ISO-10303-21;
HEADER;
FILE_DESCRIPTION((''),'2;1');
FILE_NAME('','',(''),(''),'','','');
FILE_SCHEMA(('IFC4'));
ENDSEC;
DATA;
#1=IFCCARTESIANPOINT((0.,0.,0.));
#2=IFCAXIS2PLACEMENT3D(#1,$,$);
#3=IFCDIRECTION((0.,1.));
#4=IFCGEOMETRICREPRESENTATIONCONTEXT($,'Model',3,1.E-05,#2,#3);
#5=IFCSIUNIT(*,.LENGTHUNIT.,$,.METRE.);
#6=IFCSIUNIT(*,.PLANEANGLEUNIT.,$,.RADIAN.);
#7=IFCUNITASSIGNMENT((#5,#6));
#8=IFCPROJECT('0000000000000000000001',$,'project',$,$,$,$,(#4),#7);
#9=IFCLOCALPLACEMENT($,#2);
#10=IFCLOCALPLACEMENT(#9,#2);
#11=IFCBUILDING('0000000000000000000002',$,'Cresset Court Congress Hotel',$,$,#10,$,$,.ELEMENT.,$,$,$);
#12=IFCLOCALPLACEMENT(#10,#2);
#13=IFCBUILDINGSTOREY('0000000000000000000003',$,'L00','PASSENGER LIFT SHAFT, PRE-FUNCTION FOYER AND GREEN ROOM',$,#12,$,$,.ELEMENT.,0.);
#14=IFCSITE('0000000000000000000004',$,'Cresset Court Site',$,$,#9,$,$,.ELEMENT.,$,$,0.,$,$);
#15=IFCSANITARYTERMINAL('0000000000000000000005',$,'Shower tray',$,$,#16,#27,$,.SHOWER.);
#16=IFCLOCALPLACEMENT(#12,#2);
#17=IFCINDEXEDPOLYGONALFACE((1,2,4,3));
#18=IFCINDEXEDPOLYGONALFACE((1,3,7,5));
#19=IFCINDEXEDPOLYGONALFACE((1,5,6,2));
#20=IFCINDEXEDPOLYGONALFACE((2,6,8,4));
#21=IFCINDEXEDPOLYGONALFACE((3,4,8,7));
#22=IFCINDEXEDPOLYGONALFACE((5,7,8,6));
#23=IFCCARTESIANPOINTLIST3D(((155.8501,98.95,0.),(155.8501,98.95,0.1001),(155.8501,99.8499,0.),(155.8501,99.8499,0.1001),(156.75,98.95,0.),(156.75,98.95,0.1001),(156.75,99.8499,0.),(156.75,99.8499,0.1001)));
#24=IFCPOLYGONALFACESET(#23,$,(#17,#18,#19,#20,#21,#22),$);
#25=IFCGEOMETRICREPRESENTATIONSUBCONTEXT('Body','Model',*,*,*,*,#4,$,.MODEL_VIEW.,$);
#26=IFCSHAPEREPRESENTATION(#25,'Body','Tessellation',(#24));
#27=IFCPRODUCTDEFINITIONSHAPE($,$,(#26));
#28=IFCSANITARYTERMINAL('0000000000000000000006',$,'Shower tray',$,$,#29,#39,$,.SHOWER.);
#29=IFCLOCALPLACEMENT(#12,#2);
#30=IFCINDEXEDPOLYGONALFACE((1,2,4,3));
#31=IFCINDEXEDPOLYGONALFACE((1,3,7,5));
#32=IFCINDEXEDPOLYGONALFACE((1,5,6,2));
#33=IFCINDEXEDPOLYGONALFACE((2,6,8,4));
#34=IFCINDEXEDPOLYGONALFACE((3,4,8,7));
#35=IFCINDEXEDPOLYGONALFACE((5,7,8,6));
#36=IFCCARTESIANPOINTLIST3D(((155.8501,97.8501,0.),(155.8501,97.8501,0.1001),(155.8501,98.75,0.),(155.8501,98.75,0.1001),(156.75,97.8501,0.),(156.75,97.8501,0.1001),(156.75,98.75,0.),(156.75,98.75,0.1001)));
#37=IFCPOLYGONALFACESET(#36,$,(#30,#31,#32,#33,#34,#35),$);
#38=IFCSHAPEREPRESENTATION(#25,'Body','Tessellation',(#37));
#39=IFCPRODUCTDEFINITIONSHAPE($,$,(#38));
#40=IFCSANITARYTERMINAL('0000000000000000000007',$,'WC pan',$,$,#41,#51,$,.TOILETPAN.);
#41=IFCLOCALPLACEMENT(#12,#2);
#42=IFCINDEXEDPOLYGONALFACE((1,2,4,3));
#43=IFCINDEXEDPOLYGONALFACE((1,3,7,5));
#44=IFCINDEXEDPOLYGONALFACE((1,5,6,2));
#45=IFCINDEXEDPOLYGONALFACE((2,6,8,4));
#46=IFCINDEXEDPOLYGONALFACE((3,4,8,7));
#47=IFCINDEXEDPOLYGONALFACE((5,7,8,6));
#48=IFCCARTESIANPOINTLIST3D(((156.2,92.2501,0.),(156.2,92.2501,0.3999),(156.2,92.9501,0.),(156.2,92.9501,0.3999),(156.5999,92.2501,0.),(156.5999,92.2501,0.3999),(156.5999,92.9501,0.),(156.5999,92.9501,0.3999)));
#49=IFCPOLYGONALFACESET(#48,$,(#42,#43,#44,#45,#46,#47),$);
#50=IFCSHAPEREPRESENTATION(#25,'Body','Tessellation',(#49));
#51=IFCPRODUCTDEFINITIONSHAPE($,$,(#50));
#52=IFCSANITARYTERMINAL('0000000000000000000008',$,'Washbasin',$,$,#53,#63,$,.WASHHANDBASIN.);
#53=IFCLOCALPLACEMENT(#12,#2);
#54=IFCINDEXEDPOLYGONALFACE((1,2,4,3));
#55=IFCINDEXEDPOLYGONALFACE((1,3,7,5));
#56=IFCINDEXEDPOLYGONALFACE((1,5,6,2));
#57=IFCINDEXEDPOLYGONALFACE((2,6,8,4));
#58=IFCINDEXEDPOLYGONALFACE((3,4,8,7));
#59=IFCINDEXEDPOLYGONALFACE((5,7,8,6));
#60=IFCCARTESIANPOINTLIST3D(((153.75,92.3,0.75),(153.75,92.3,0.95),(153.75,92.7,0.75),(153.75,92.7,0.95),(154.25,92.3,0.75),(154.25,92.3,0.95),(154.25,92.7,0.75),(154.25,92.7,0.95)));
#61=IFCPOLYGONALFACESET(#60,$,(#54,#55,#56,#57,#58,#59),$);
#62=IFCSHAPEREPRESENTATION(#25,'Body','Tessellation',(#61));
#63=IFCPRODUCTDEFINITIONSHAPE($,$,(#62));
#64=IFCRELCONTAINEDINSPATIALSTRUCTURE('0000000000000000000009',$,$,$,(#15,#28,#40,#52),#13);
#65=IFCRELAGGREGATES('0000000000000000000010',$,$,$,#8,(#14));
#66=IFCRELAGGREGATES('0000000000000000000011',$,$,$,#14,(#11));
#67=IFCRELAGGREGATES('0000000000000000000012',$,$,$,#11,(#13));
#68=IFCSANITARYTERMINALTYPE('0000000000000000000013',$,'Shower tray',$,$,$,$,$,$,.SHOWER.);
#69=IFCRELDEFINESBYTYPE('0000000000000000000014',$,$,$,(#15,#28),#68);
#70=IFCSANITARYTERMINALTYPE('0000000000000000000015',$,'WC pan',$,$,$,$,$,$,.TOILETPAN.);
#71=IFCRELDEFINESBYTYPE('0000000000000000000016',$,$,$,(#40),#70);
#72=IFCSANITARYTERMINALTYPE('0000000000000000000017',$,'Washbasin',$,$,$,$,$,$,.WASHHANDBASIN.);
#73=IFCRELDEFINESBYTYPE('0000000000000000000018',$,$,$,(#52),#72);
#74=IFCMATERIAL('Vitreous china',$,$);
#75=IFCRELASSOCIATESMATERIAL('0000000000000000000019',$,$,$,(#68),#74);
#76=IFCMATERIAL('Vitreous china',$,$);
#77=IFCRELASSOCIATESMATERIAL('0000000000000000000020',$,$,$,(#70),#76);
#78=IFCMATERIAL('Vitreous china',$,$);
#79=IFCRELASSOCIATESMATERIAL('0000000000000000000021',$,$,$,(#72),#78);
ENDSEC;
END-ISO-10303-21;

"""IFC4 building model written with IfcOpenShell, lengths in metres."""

from ifc_helpers import new_model, si_unit, direction, frame, origin, origin_2d, place, context, subcontext, project, spatial, rectangle, extrude, material, type_object, element, save


model = new_model("IFC4")

# Units and contexts
model_context = context("Model", 3, precision=1e-05, world=origin(), true_north=direction((0.0, 1.0)))
body_context = subcontext(model_context, "Body", "Model", "MODEL_VIEW")
ifc_project = project(units=[si_unit("LENGTHUNIT", "METRE"), si_unit("PLANEANGLEUNIT", "RADIAN")], contexts=[model_context])

# Site, building, storey
site_placement = place(None, origin())
site = spatial("IfcSite", under=ifc_project, at=site_placement, Name="Cresset Court Site", CompositionType="ELEMENT", RefElevation=0.0)
building_placement = place(site_placement, origin())
building = spatial("IfcBuilding", under=site, at=building_placement, Name="Cresset Court Congress Hotel", CompositionType="ELEMENT")
storey_placement = place(building_placement, origin())
storey = spatial("IfcBuildingStorey", under=building, at=storey_placement, Name="L00", Description="PASSENGER LIFT SHAFT, PRE-FUNCTION FOYER AND GREEN ROOM", CompositionType="ELEMENT", Elevation=0.0)

# Sanitary terminals
ifc_material_1 = material(Name="Vitreous china")
sanitary_terminal_type_1 = type_object("IfcSanitaryTerminalType", Name="Shower tray", PredefinedType="SHOWER", material=ifc_material_1)
for number, where, z_axis, x_axis, name in (
    (1, (156.3, 99.3999, 0.0), (0.0, 0.0, 1.0), (1.0, 0.0, 0.0), "Shower tray"),
    (2, (156.3, 98.3, 0.0), (0.0, 0.0, 1.0), (1.0, 0.0, 0.0), "Shower tray"),
):
    element("IfcSanitaryTerminal", number, at=place(storey_placement, frame(where, z_axis=z_axis, x_axis=x_axis)), inside=storey, type_object=sanitary_terminal_type_1, Name=name, PredefinedType="SHOWER", context=body_context, shape_type="SweptSolid", body=[
        extrude(rectangle(XDim=0.8999, YDim=0.8999, at=origin_2d()), origin(), (0.0, 0.0, 1.0), 0.1001),
    ])
ifc_material_2 = material(Name="Vitreous china")
sanitary_terminal_type_2 = type_object("IfcSanitaryTerminalType", Name="WC pan", PredefinedType="TOILETPAN", material=ifc_material_2)
sanitary_terminal_1_placement = place(storey_placement, frame((156.3999, 92.6001, 0.0), z_axis=(0.0, 0.0, 1.0), x_axis=(1.0, 0.0, 0.0)))
element("IfcSanitaryTerminal", 3, at=sanitary_terminal_1_placement, inside=storey, type_object=sanitary_terminal_type_2, Name="WC pan", PredefinedType="TOILETPAN", context=body_context, shape_type="SweptSolid", body=[
    extrude(rectangle(XDim=0.3999, YDim=0.7, at=origin_2d()), origin(), (0.0, 0.0, 1.0), 0.3999),
])
ifc_material_3 = material(Name="Vitreous china")
sanitary_terminal_type_3 = type_object("IfcSanitaryTerminalType", Name="Washbasin", PredefinedType="WASHHANDBASIN", material=ifc_material_3)
sanitary_terminal_2_placement = place(storey_placement, frame((154.0, 92.5, 0.75), z_axis=(0.0, 0.0, 1.0), x_axis=(1.0, 0.0, 0.0)))
element("IfcSanitaryTerminal", 4, at=sanitary_terminal_2_placement, inside=storey, type_object=sanitary_terminal_type_3, Name="Washbasin", PredefinedType="WASHHANDBASIN", context=body_context, shape_type="SweptSolid", body=[
    extrude(rectangle(XDim=0.5, YDim=0.3999, at=origin_2d()), origin(), (0.0, 0.0, 1.0), 0.2),
])

save(model, "model.ifc")
